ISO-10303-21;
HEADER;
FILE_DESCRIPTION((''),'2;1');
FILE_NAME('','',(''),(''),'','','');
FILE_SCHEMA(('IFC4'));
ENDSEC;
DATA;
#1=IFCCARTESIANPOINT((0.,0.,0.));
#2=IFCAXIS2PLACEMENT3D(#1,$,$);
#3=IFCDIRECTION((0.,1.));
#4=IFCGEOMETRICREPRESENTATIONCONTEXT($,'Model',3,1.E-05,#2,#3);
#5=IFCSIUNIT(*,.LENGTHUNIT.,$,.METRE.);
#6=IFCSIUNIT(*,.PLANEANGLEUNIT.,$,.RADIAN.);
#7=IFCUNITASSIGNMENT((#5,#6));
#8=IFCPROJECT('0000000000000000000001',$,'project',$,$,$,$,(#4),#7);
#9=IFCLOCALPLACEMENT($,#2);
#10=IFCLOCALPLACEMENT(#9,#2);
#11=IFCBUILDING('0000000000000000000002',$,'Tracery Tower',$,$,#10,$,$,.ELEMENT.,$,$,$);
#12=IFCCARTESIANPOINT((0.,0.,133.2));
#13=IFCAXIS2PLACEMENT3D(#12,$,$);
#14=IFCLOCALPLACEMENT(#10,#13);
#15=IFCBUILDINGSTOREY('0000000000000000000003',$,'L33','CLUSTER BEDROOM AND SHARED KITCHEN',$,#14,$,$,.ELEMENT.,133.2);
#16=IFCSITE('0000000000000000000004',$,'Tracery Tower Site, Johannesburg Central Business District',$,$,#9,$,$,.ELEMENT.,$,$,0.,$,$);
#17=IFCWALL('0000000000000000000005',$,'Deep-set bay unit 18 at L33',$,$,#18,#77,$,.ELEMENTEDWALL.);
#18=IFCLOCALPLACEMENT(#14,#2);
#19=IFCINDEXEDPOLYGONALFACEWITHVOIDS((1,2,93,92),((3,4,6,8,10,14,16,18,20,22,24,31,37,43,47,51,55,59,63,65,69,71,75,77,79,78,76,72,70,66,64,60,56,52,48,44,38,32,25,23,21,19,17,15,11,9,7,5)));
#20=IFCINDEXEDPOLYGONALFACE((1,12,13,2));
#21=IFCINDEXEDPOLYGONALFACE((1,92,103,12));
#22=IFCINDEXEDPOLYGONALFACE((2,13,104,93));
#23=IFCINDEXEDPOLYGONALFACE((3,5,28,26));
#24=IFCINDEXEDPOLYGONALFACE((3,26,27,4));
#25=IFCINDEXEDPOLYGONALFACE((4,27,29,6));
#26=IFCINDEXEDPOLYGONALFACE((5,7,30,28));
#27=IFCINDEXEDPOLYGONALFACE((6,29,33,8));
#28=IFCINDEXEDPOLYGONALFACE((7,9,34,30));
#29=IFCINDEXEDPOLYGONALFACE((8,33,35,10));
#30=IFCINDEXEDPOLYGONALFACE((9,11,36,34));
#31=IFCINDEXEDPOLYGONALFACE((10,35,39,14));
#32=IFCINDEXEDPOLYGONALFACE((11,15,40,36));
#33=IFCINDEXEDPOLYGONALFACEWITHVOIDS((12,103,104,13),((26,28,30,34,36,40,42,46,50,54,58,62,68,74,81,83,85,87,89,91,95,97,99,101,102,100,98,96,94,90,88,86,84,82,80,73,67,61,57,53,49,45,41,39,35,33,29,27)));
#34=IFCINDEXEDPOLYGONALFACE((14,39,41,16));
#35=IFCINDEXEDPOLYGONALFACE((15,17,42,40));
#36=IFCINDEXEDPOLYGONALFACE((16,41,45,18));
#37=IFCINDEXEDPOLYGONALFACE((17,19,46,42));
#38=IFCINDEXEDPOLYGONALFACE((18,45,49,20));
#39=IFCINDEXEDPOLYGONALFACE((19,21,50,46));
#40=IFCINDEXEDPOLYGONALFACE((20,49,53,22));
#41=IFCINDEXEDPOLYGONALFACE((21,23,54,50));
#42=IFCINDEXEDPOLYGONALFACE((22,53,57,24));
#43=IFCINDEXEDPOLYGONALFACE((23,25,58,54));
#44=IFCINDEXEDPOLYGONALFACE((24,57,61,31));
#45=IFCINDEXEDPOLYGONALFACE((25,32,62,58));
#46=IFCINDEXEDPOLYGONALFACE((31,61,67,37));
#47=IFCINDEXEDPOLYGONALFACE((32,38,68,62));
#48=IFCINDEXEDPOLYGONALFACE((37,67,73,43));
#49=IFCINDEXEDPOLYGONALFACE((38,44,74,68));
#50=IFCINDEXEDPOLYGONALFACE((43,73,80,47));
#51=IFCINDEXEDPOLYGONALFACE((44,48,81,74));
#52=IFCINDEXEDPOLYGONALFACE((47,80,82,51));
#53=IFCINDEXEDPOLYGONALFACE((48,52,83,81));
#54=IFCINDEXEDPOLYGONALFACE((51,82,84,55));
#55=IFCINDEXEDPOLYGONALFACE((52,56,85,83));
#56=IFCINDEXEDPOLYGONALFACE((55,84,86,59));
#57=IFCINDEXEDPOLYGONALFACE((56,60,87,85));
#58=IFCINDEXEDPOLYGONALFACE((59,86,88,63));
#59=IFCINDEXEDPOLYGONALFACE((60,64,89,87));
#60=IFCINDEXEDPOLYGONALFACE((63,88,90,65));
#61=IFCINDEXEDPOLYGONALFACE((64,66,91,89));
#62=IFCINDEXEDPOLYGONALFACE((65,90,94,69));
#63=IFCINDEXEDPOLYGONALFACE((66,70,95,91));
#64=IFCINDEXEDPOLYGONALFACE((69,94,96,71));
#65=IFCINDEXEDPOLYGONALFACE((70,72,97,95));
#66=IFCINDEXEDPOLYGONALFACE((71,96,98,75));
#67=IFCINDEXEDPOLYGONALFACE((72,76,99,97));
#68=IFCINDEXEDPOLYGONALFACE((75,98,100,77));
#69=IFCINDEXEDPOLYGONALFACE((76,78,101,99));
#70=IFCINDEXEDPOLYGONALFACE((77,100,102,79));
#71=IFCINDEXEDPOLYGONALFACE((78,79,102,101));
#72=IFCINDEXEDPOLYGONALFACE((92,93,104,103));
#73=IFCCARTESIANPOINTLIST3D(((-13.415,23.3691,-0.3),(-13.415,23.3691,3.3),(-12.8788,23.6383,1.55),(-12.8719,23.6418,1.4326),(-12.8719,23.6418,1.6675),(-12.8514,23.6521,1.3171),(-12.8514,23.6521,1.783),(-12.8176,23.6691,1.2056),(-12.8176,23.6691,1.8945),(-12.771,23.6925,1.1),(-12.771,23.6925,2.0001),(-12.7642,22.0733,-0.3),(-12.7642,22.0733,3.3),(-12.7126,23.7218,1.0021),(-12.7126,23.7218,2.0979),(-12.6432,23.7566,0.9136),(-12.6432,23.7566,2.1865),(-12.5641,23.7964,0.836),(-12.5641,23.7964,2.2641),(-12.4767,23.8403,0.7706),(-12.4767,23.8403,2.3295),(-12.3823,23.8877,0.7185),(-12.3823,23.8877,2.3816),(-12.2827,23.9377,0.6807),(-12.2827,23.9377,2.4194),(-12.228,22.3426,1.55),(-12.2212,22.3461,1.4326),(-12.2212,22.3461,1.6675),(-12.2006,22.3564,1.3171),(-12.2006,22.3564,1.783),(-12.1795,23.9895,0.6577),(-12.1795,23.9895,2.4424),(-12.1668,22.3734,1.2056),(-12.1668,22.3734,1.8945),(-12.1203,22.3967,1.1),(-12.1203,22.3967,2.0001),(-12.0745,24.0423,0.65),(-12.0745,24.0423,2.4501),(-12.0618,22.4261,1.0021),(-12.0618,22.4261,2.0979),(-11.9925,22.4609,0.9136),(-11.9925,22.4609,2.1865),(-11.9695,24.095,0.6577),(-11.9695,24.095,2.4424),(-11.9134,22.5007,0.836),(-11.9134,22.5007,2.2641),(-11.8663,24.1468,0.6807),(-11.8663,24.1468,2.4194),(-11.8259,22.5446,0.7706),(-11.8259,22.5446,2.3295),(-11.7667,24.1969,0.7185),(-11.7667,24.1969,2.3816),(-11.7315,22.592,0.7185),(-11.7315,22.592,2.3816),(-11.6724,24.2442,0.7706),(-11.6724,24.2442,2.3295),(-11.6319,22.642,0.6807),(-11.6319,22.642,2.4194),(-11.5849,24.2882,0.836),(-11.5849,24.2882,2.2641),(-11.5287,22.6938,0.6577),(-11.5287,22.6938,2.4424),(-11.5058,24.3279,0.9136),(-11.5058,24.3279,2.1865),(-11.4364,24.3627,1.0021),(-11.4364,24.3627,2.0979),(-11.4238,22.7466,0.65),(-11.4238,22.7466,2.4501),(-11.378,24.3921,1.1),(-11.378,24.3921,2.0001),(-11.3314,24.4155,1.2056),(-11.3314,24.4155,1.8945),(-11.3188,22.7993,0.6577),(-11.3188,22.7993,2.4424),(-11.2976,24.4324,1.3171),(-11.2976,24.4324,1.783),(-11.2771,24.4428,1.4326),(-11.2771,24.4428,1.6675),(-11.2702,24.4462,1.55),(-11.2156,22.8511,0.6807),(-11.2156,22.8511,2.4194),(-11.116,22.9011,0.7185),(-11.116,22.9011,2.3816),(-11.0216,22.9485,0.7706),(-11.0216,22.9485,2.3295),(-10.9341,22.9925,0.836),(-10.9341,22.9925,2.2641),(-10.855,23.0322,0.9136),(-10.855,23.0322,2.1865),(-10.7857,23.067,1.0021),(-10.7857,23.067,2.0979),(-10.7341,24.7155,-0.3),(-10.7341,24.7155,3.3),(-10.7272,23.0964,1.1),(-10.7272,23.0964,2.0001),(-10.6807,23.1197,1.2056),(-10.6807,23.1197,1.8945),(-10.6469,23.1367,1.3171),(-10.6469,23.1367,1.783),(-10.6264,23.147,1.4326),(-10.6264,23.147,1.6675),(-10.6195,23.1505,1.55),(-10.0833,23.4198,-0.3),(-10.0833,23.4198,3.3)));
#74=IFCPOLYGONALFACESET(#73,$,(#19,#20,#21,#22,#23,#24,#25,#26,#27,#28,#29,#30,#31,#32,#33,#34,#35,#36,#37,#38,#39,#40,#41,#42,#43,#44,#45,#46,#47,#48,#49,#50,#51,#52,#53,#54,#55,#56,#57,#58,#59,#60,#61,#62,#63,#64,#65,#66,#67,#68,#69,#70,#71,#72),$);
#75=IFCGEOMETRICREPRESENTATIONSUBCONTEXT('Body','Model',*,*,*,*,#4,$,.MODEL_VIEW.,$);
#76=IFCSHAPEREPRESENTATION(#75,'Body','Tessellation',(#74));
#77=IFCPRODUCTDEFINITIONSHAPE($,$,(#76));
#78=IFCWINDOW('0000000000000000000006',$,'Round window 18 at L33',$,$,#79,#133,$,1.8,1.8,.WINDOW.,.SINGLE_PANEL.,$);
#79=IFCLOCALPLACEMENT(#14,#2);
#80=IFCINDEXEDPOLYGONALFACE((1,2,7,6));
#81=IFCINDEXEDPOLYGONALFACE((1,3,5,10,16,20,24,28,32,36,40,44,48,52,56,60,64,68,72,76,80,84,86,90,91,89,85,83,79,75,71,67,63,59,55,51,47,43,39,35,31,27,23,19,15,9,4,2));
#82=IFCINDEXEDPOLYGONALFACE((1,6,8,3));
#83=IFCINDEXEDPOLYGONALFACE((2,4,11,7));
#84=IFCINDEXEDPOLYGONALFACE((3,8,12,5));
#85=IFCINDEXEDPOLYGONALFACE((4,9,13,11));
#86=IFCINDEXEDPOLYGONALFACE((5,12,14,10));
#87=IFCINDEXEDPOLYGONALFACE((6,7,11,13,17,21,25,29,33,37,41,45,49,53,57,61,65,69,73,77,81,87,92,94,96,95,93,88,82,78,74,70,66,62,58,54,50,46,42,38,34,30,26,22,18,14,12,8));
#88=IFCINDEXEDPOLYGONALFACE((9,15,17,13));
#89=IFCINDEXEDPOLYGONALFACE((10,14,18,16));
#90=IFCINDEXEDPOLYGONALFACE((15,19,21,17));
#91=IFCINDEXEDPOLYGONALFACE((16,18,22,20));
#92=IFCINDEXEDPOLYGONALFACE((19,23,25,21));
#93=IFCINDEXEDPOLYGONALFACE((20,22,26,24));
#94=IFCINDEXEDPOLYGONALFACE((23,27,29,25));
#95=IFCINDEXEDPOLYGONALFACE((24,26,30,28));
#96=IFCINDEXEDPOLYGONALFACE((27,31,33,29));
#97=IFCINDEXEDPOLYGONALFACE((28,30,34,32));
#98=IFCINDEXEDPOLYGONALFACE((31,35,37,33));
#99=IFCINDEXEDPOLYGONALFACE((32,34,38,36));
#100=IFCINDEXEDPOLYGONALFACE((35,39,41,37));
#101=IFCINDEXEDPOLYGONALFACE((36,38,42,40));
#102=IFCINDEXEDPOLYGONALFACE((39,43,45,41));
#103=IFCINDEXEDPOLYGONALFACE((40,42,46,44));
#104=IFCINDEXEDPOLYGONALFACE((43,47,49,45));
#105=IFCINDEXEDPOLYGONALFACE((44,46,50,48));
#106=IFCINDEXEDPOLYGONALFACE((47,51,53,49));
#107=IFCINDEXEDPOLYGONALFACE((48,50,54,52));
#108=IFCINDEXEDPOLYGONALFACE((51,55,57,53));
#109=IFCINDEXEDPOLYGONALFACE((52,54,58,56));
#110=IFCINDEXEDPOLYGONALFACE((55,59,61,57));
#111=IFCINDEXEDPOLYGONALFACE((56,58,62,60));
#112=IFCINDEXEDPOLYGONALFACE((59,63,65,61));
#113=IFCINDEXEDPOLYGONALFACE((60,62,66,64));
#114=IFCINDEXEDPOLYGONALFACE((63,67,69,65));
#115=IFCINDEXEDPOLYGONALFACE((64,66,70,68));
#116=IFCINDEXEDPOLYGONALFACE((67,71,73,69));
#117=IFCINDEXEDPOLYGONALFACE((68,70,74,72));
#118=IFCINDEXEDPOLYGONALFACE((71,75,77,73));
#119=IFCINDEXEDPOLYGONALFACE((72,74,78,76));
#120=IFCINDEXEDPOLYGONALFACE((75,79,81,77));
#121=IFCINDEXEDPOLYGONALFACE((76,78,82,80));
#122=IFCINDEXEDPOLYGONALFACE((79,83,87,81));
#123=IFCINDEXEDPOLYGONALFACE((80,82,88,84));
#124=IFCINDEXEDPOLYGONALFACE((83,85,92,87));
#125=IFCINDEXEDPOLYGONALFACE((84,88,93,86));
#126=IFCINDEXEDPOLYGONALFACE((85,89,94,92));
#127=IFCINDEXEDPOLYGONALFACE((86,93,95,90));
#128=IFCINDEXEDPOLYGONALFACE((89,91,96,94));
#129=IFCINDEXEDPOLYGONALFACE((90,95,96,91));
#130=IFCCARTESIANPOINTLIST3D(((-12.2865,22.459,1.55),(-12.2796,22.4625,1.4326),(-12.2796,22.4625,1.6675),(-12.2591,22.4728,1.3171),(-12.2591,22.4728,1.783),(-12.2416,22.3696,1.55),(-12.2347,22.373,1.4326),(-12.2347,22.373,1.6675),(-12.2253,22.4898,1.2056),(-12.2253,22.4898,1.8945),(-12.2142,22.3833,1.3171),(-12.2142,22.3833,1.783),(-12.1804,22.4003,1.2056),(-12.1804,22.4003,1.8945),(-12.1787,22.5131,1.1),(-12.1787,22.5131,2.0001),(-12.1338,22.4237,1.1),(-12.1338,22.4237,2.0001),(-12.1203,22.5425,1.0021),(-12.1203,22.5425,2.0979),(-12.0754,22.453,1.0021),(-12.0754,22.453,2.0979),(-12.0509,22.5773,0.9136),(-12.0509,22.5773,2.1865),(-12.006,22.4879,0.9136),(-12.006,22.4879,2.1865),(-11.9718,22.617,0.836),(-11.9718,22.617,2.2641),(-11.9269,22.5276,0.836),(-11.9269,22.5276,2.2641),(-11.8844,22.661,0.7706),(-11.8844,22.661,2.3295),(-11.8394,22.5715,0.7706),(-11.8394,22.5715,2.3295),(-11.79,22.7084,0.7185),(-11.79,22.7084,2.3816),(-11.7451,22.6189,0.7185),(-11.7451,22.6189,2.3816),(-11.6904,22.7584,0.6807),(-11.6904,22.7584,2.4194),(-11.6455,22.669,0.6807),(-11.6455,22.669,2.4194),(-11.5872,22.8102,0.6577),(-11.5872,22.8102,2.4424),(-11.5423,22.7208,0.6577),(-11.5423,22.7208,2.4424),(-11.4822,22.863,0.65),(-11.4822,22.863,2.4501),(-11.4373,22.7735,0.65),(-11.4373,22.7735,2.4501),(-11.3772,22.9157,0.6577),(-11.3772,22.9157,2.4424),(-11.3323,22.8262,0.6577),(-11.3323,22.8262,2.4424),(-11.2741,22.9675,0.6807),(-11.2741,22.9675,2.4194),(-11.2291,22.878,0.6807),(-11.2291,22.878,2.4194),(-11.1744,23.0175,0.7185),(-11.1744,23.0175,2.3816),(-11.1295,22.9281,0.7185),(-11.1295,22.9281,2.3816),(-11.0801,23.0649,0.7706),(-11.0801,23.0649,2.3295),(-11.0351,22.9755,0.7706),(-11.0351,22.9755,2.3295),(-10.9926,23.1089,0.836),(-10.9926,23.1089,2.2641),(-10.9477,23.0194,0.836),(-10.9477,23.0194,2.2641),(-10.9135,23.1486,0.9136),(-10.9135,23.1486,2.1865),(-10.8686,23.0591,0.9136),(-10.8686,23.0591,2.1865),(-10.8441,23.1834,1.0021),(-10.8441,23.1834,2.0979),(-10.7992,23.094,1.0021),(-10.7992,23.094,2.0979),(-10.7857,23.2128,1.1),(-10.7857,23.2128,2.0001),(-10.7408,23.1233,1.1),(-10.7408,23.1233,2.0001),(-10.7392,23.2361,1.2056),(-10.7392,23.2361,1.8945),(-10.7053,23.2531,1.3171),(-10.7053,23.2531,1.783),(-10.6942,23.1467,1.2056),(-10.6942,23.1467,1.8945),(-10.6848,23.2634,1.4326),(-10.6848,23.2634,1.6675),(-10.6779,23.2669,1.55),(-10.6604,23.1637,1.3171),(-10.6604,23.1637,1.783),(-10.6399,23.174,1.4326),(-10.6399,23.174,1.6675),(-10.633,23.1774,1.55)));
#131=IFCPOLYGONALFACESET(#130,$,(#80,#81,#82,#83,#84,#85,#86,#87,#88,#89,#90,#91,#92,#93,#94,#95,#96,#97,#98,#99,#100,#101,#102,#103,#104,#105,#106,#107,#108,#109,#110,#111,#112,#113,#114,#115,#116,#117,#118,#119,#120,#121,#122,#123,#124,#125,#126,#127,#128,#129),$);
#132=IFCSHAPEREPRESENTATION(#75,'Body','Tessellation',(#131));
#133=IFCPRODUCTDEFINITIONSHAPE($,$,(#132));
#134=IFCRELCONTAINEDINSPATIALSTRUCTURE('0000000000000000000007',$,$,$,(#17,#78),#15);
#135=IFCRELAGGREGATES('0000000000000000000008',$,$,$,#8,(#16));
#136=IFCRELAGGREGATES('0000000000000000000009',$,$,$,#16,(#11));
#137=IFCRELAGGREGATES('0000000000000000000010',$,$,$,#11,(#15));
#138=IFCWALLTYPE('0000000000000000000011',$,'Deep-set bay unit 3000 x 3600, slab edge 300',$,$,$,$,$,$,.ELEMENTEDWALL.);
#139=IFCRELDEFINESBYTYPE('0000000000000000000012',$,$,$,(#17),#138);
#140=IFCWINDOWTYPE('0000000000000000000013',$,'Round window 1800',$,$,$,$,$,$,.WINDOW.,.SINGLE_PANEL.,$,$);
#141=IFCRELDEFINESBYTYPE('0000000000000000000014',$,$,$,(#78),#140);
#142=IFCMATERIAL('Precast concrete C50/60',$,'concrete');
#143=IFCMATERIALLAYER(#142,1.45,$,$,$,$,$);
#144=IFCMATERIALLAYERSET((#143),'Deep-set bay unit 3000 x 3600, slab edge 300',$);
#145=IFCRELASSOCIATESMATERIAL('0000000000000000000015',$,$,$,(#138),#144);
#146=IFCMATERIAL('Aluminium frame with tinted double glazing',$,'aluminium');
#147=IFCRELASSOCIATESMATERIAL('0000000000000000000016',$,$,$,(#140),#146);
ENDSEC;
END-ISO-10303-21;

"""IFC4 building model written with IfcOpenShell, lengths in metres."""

from ifc_helpers import new_model, si_unit, direction, frame, frame_2d, origin, origin_2d, place, context, subcontext, project, spatial, rectangle, circle, extrude, material, layer, layer_set, type_object, element, fill, save


model = new_model("IFC4")

# Units and contexts
model_context = context("Model", 3, precision=1e-05, world=origin(), true_north=direction((0.0, 1.0)))
body_context = subcontext(model_context, "Body", "Model", "MODEL_VIEW")
ifc_project = project(units=[si_unit("LENGTHUNIT", "METRE"), si_unit("PLANEANGLEUNIT", "RADIAN")], contexts=[model_context])

# Site, building, storey
site_placement = place(None, origin())
site = spatial("IfcSite", under=ifc_project, at=site_placement, Name="Tracery Tower Site, Johannesburg Central Business District", CompositionType="ELEMENT", RefElevation=0.0)
building_placement = place(site_placement, origin())
building = spatial("IfcBuilding", under=site, at=building_placement, Name="Tracery Tower", CompositionType="ELEMENT")
storey_placement = place(building_placement, frame((0.0, 0.0, 133.2)))
storey = spatial("IfcBuildingStorey", under=building, at=storey_placement, Name="L33", Description="CLUSTER BEDROOM AND SHARED KITCHEN", CompositionType="ELEMENT", Elevation=133.2)

# Wall, opening, window
ifc_material_1 = material(Name="Precast concrete C50/60", Category="concrete")
ifc_layer_1 = layer(ifc_material_1, 1.45)
ifc_layer_set_1 = layer_set([ifc_layer_1], Name="Deep-set bay unit 3000 x 3600, slab edge 300")
wall_type_1 = type_object("IfcWallType", Name="Deep-set bay unit 3000 x 3600, slab edge 300", PredefinedType="ELEMENTEDWALL", material=ifc_layer_set_1)
ifc_material_2 = material(Name="Aluminium frame with tinted double glazing", Category="aluminium")
window_type = type_object("IfcWindowType", Name="Round window 1800", PartitioningType="SINGLE_PANEL", PredefinedType="WINDOW", material=ifc_material_2)
wall_1_placement = place(storey_placement, frame((-10.4087, 24.0676, -0.3), z_axis=(0.0, 0.0, 1.0), x_axis=(-0.893628, -0.448808, 0.0)))
wall_1 = element("IfcWall", 1, at=wall_1_placement, inside=storey, type_object=wall_type_1, Name="Deep-set bay unit 18 at L33", PredefinedType="ELEMENTEDWALL", context=body_context, shape_type="SweptSolid", body=[
    extrude(rectangle(XDim=3.0, YDim=1.45, at=frame_2d((1.5, 0.0))), origin(), (0.0, 0.0, 1.0), 3.6001),
])
opening_1_placement = place(wall_1_placement, frame((1.5, 0.0, 1.8501)))
opening_1 = element("IfcOpeningElement", 2, at=opening_1_placement, cuts=wall_1, PredefinedType="OPENING", context=body_context, shape_type="SweptSolid", body=[
    extrude(circle(Radius=0.9, at=origin_2d()), frame((0.0, 0.7349, 0.0), z_axis=(0.0, -1.0, 0.0), x_axis=(1.0, 0.0, 0.0)), (0.0, 0.0, 1.0), 1.47),
])
window_1_placement = place(opening_1_placement, origin())
window_1 = element("IfcWindow", 3, at=window_1_placement, inside=storey, type_object=window_type, Name="Round window 18 at L33", OverallHeight=1.8, OverallWidth=1.8, PartitioningType="SINGLE_PANEL", PredefinedType="WINDOW", context=body_context, shape_type="SweptSolid", body=[
    extrude(circle(Radius=0.9, at=origin_2d()), frame((0.0, 0.6948, 0.0), z_axis=(0.0, -1.0, 0.0), x_axis=(1.0, 0.0, 0.0)), (0.0, 0.0, 1.0), 0.1001),
])
fill(opening_1, window_1)

save(model, "model.ifc")
